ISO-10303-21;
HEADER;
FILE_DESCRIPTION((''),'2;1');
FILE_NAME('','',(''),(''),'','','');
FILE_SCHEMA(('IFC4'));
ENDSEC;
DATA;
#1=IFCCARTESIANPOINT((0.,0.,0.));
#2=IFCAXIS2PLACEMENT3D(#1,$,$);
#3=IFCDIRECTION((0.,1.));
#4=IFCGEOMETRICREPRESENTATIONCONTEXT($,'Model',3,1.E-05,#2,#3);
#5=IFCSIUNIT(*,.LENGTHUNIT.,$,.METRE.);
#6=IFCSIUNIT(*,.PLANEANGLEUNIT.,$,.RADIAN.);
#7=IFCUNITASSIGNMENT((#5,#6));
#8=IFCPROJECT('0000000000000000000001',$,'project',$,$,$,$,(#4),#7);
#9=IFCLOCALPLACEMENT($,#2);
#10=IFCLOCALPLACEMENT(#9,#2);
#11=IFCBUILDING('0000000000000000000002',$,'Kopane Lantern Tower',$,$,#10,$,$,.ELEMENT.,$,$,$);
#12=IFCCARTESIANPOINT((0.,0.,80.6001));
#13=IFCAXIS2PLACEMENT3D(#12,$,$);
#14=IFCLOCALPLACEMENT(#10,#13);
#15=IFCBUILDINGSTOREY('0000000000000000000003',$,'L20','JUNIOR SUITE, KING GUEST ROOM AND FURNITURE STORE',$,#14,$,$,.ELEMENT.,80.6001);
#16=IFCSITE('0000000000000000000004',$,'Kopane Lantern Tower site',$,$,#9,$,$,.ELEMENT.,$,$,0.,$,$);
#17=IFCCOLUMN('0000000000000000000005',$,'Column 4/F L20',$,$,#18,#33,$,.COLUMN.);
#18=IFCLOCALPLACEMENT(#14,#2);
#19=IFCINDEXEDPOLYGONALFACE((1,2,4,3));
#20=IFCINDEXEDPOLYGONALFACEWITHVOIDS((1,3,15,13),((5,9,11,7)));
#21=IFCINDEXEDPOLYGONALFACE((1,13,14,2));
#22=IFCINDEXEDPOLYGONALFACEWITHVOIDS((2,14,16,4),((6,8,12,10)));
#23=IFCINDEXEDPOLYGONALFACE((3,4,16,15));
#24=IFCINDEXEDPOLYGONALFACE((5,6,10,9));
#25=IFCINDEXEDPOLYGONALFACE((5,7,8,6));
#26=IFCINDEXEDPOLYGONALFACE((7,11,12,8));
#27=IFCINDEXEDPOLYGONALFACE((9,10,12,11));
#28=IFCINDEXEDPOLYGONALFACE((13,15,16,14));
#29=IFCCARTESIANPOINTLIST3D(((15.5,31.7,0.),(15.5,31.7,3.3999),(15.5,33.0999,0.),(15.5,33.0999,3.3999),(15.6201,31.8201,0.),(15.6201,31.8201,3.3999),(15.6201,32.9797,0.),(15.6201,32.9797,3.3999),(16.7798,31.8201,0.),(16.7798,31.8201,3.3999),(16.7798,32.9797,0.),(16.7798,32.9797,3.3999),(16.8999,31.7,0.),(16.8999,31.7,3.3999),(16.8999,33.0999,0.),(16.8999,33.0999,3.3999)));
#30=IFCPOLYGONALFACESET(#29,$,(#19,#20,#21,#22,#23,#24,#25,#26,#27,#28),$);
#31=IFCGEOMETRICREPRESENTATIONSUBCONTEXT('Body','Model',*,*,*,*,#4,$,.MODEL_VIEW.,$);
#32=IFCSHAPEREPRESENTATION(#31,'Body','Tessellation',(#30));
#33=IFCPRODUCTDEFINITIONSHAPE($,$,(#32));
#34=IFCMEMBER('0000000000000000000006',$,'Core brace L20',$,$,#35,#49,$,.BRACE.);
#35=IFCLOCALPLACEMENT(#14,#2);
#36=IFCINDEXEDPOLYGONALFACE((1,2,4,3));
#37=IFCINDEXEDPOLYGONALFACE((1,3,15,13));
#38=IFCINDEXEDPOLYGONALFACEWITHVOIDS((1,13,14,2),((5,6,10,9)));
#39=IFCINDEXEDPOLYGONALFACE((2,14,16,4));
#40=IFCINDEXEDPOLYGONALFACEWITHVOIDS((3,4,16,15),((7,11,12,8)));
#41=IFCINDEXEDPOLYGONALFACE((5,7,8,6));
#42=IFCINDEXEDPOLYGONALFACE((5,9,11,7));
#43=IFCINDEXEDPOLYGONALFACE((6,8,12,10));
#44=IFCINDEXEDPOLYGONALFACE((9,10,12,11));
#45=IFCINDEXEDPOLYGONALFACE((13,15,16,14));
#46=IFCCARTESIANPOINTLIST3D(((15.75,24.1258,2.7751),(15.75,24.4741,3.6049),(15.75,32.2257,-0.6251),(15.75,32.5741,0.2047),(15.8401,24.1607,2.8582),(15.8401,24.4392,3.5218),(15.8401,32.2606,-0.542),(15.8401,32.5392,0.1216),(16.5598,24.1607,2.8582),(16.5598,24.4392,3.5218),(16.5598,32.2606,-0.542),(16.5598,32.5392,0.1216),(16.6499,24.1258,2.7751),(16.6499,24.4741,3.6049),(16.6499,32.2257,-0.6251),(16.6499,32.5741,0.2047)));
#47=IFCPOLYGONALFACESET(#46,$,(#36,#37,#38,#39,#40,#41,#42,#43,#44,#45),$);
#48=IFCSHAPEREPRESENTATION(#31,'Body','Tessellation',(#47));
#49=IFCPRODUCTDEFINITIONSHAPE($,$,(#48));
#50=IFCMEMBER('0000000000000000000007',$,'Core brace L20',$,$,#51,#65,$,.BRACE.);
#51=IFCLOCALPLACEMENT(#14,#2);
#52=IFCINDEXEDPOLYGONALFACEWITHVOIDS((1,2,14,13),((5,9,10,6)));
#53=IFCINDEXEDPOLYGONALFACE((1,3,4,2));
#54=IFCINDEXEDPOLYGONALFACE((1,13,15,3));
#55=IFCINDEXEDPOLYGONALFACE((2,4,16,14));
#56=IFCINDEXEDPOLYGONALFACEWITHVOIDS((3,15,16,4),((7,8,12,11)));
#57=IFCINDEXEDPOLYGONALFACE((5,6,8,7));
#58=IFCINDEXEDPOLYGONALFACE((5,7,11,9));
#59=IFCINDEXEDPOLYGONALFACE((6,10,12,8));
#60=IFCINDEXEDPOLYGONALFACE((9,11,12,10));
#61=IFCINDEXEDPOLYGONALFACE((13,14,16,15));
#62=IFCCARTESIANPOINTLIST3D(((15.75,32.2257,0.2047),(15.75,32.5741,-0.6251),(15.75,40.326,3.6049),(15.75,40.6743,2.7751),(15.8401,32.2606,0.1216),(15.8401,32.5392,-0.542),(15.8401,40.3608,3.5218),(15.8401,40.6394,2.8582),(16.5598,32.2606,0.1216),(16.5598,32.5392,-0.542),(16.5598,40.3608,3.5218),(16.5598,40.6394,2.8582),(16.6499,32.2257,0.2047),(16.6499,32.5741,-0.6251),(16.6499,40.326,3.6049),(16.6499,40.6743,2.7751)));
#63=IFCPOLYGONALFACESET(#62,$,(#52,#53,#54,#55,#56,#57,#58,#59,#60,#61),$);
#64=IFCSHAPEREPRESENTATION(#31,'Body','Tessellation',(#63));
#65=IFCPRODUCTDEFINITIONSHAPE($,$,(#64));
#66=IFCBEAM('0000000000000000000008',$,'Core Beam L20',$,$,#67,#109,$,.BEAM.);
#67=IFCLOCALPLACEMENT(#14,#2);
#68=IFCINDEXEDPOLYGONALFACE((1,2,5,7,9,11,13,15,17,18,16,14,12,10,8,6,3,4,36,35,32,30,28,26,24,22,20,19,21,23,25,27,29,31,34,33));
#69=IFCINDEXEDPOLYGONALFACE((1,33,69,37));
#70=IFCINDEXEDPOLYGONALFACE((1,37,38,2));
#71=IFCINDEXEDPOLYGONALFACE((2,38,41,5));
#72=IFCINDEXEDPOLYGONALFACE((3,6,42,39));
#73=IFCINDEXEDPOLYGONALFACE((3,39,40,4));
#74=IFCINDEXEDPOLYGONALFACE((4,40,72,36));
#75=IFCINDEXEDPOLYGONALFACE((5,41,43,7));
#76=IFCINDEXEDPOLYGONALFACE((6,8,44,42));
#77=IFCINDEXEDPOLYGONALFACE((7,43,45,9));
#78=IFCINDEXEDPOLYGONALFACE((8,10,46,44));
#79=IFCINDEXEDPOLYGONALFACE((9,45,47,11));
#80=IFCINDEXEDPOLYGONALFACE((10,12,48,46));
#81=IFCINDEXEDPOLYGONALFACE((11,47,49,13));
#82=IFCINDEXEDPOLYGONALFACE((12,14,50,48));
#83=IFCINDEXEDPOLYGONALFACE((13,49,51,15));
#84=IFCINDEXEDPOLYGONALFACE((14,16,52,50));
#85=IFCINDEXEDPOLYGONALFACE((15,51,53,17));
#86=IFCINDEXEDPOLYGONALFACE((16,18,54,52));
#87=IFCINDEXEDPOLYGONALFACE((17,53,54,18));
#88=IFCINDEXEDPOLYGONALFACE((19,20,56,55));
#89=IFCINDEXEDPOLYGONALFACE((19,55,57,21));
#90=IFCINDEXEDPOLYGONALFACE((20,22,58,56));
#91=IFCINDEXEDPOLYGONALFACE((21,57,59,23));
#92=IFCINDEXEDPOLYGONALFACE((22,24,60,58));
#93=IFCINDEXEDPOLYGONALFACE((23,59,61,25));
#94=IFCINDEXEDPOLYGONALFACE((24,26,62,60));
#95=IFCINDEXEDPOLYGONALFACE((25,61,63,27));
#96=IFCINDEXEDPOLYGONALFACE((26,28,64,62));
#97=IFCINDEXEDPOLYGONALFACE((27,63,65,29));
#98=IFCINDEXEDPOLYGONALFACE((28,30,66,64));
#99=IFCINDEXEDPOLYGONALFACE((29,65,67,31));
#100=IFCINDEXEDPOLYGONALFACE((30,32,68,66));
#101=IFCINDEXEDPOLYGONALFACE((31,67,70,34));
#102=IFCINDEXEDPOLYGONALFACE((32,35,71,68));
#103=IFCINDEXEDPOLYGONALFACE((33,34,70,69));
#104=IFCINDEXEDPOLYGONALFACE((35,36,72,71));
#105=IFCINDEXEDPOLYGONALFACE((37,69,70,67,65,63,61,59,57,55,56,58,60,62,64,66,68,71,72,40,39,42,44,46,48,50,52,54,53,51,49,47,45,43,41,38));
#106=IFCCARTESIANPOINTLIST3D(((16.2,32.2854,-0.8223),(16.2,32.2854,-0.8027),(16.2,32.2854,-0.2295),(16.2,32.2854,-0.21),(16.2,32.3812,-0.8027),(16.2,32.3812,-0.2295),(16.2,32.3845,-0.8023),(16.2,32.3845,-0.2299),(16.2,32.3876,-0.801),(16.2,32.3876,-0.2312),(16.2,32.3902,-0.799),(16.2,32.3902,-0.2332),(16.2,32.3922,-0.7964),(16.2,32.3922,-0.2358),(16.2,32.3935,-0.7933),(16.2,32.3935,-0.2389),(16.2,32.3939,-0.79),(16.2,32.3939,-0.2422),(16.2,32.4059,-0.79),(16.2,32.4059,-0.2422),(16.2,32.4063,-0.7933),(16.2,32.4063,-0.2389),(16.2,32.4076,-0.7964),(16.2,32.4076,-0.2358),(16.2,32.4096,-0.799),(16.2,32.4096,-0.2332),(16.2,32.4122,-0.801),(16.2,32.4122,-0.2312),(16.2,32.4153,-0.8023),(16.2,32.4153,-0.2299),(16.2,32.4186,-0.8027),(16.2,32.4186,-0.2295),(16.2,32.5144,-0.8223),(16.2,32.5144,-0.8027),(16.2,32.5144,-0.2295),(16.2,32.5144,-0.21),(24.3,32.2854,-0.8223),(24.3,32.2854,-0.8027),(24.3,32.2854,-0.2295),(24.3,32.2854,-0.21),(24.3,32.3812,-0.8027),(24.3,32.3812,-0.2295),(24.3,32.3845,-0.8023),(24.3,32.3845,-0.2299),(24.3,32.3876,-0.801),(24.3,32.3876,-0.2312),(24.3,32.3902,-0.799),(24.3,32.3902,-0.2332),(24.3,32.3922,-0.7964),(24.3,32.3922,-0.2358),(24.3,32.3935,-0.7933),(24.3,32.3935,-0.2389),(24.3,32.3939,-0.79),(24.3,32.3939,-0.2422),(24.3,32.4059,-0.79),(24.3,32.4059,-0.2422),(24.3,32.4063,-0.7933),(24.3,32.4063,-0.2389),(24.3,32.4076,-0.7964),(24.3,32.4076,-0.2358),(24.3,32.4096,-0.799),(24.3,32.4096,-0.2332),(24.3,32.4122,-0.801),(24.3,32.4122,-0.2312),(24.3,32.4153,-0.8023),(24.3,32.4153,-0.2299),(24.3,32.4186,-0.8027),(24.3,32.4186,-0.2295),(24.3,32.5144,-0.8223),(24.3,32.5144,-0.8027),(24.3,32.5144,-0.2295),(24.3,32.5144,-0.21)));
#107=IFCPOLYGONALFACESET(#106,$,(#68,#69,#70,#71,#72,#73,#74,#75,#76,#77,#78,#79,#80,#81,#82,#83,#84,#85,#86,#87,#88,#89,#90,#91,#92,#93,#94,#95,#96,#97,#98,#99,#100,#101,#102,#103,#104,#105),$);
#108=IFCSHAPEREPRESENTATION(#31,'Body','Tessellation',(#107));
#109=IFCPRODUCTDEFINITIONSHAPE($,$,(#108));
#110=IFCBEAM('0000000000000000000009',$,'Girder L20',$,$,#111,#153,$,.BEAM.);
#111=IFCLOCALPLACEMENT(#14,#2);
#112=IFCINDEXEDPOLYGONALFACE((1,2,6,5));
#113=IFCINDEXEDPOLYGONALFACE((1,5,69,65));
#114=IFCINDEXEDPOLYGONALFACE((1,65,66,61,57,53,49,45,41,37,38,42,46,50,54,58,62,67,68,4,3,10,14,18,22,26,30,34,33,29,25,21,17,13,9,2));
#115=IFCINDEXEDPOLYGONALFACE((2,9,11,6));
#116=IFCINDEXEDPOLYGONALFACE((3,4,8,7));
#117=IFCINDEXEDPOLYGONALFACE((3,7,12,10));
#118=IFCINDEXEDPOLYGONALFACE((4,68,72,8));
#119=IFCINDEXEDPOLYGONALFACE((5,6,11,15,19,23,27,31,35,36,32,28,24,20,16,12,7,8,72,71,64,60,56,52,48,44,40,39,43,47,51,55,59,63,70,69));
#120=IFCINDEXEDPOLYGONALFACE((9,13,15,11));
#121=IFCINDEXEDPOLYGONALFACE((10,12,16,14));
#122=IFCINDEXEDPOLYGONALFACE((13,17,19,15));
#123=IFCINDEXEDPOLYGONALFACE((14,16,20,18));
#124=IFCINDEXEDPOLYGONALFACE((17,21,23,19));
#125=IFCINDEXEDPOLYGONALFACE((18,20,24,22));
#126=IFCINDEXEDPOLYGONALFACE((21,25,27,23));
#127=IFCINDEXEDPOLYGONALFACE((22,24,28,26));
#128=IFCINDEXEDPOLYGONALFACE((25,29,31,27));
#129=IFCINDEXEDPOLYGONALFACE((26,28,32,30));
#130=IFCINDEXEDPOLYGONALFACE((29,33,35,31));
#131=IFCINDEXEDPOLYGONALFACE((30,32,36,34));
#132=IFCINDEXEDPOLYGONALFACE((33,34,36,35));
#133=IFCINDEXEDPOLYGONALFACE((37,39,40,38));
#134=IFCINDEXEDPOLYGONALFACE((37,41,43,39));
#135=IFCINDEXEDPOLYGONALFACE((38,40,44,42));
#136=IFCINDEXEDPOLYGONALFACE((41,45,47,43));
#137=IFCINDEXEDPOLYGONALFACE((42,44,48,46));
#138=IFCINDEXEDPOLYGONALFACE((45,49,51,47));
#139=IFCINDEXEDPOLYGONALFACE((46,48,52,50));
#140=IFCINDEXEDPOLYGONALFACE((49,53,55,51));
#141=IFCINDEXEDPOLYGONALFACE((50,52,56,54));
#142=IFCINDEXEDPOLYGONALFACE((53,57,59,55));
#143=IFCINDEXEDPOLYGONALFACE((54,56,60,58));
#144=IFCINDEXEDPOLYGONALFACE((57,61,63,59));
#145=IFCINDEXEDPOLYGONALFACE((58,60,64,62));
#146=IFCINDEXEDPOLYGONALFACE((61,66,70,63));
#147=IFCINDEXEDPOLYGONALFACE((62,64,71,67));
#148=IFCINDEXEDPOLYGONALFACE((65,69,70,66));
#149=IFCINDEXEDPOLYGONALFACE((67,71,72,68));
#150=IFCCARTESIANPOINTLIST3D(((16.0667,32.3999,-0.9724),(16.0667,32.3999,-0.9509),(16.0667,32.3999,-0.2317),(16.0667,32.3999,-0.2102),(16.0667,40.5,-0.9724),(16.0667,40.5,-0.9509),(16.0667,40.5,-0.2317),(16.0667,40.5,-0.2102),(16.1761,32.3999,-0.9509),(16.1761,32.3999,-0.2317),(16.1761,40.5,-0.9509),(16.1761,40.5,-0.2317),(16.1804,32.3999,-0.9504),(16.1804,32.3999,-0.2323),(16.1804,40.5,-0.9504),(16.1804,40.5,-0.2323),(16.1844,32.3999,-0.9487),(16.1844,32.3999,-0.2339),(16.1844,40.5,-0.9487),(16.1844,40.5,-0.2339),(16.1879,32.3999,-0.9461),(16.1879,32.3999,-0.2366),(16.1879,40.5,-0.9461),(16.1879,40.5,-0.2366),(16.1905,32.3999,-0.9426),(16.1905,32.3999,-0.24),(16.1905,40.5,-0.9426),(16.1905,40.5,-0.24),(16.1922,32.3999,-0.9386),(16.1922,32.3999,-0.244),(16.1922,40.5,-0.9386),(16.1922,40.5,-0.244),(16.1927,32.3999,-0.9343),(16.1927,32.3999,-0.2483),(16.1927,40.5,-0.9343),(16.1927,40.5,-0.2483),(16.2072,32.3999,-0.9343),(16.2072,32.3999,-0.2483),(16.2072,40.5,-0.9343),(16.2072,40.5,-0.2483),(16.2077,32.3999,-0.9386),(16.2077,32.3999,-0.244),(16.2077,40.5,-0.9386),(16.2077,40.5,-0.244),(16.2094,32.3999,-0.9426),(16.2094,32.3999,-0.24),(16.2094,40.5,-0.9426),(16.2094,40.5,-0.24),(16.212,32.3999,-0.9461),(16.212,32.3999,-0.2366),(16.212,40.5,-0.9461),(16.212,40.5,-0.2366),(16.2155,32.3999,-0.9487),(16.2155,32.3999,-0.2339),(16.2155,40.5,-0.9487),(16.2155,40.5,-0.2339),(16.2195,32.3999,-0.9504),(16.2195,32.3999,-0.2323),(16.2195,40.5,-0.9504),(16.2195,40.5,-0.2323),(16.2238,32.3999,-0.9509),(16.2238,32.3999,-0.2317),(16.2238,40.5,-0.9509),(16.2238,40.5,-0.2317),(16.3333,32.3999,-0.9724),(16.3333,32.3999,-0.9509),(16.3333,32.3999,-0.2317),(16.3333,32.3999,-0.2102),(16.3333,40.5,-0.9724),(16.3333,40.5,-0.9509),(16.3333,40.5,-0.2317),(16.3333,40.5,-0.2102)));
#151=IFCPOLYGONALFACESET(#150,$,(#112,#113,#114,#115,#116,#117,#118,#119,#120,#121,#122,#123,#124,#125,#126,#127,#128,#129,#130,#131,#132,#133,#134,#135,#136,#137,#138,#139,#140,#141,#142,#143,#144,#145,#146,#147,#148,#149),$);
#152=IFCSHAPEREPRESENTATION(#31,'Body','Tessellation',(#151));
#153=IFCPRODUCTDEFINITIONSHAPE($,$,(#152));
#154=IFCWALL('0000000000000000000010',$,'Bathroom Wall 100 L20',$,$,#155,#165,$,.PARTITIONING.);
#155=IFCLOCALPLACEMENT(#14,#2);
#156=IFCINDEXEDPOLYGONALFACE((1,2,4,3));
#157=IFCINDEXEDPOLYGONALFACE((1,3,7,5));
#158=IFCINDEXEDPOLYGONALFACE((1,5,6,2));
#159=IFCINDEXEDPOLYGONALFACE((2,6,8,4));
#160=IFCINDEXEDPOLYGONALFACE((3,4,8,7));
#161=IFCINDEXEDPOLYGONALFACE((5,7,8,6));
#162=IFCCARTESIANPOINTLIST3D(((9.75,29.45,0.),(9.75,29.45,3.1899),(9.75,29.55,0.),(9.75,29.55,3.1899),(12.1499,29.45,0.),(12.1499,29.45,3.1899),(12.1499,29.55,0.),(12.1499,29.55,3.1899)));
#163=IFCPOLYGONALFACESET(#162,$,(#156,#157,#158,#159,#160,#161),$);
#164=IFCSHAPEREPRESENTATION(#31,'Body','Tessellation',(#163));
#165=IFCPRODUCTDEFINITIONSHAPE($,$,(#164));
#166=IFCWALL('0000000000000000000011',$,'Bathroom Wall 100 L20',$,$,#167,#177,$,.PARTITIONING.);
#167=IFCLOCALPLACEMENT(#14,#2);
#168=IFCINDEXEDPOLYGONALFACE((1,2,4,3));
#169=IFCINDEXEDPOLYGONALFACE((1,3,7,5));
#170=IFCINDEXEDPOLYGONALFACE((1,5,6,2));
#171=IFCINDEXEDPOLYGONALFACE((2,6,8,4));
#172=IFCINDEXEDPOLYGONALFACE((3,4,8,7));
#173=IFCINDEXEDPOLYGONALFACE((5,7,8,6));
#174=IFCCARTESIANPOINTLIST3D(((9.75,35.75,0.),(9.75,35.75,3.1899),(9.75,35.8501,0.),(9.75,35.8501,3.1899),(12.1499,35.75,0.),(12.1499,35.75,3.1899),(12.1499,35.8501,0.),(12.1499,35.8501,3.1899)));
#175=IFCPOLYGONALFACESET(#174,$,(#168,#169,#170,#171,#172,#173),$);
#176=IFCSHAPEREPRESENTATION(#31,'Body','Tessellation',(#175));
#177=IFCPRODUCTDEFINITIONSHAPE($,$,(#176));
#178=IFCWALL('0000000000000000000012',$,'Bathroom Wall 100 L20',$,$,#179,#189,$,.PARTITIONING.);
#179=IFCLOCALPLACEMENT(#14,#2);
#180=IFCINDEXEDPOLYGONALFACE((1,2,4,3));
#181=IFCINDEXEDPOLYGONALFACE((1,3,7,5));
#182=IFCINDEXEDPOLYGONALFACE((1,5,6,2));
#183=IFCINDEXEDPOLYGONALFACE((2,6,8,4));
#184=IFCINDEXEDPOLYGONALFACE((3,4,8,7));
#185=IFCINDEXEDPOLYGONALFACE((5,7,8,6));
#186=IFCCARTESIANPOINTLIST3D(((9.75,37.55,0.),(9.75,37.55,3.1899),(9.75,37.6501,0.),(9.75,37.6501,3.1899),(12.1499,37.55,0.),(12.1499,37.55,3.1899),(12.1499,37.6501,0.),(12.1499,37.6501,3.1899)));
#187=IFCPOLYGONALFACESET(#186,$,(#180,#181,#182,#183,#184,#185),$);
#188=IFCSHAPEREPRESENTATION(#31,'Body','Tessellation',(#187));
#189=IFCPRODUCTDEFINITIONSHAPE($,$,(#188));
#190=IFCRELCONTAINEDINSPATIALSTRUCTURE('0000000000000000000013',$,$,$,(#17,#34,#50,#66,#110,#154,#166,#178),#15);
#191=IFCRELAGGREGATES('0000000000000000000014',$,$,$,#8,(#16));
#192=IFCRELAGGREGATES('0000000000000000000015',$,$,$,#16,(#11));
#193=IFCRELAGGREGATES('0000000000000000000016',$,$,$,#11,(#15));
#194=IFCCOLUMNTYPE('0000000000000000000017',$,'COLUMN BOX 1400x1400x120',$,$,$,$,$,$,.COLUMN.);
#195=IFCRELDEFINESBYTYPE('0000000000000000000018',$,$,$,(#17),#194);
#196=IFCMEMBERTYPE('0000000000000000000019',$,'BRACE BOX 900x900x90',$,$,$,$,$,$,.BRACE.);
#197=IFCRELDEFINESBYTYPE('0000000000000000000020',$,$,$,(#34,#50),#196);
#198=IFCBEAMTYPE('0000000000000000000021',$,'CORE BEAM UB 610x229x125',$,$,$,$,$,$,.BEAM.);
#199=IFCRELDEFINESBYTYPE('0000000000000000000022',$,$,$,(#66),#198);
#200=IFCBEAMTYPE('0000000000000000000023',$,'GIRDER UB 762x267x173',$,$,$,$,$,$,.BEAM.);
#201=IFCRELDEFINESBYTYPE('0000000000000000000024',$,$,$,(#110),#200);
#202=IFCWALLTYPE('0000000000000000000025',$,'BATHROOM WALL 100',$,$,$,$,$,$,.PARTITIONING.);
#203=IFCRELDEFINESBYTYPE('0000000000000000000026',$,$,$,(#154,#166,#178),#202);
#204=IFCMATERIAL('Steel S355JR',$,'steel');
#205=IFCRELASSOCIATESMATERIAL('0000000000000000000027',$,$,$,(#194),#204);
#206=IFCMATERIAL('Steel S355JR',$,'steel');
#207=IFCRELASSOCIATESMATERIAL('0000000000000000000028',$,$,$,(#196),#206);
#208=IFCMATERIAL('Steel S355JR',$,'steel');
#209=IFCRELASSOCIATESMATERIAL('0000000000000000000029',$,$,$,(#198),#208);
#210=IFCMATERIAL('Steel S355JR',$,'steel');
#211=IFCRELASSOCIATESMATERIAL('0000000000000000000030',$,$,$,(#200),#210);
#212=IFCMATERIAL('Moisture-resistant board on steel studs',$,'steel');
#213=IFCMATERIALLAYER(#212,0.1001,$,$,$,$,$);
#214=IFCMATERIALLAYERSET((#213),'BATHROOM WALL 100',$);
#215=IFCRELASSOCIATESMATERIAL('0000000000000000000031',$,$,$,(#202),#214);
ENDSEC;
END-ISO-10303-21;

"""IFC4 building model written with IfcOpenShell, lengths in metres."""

from ifc_helpers import new_model, si_unit, direction, frame, frame_2d, origin, origin_2d, place, context, subcontext, project, spatial, rectangle, hollow_rectangle, i_section, extrude, material, layer, layer_set, material_profile, profile_set, type_object, element, save


model = new_model("IFC4")

# Units and contexts
model_context = context("Model", 3, precision=1e-05, world=origin(), true_north=direction((0.0, 1.0)))
body_context = subcontext(model_context, "Body", "Model", "MODEL_VIEW")
ifc_project = project(units=[si_unit("LENGTHUNIT", "METRE"), si_unit("PLANEANGLEUNIT", "RADIAN")], contexts=[model_context])

# Site, building, storey
site_placement = place(None, origin())
site = spatial("IfcSite", under=ifc_project, at=site_placement, Name="Kopane Lantern Tower site", CompositionType="ELEMENT", RefElevation=0.0)
building_placement = place(site_placement, origin())
building = spatial("IfcBuilding", under=site, at=building_placement, Name="Kopane Lantern Tower", CompositionType="ELEMENT")
storey_placement = place(building_placement, frame((0.0, 0.0, 80.6001)))
storey = spatial("IfcBuildingStorey", under=building, at=storey_placement, Name="L20", Description="JUNIOR SUITE, KING GUEST ROOM AND FURNITURE STORE", CompositionType="ELEMENT", Elevation=80.6001)

# Column
ifc_material_1 = material(Name="Steel S355JR", Category="steel")
ifc_material_profile_1 = material_profile(ifc_material_1, hollow_rectangle(XDim=1.3999, YDim=1.3999, WallThickness=0.1201, at=origin_2d()), Name="BOX 1400x1400x120")
ifc_profile_set_1 = profile_set([ifc_material_profile_1], Name="Steel S355JR")
column_type = type_object("IfcColumnType", Name="COLUMN BOX 1400x1400x120", PredefinedType="COLUMN", material=ifc_profile_set_1)
column_placement = place(storey_placement, frame((16.2, 32.3999, 0.0), z_axis=(0.0, 0.0, 1.0), x_axis=(1.0, 0.0, 0.0)))
element("IfcColumn", 1, at=column_placement, inside=storey, type_object=column_type, Name="Column 4/F L20", PredefinedType="COLUMN", context=body_context, shape_type="SweptSolid", body=[
    extrude(hollow_rectangle(XDim=1.3999, YDim=1.3999, WallThickness=0.1201, at=origin_2d()), origin(), (0.0, 0.0, 1.0), 3.3999),
])

# Members
ifc_material_2 = material(Name="Steel S355JR", Category="steel")
ifc_material_profile_2 = material_profile(ifc_material_2, hollow_rectangle(XDim=0.8999, YDim=0.8999, WallThickness=0.0901, at=origin_2d()), Name="BOX 900x900x90")
ifc_profile_set_2 = profile_set([ifc_material_profile_2], Name="Steel S355JR")
member_type = type_object("IfcMemberType", Name="BRACE BOX 900x900x90", PredefinedType="BRACE", material=ifc_profile_set_2)
member_1_placement = place(storey_placement, frame((16.2, 32.3999, -0.2102), z_axis=(0.0, -0.922055, 0.387059), x_axis=(1.0, 0.0, 0.0)))
element("IfcMember", 2, at=member_1_placement, inside=storey, type_object=member_type, Name="Core brace L20", PredefinedType="BRACE", context=body_context, shape_type="SweptSolid", body=[
    extrude(hollow_rectangle(XDim=0.8999, YDim=0.8999, WallThickness=0.0901, at=origin_2d()), origin(), (0.0, 0.0, 1.0), 8.7847),
])
member_2_placement = place(storey_placement, frame((16.2, 32.3999, -0.2102), z_axis=(0.0, 0.922059, 0.387049), x_axis=(-1.0, 0.0, 0.0)))
element("IfcMember", 3, at=member_2_placement, inside=storey, type_object=member_type, Name="Core brace L20", PredefinedType="BRACE", context=body_context, shape_type="SweptSolid", body=[
    extrude(hollow_rectangle(XDim=0.8999, YDim=0.8999, WallThickness=0.0901, at=origin_2d()), origin(), (0.0, 0.0, 1.0), 8.7849),
])

# Beams
ifc_material_3 = material(Name="Steel S355JR", Category="steel")
ifc_material_profile_3 = material_profile(ifc_material_3, i_section(OverallWidth=0.229, OverallDepth=0.6123, WebThickness=0.012, FlangeThickness=0.0195, FilletRadius=0.0127, at=origin_2d()), Name="UB 610x229x125")
ifc_profile_set_3 = profile_set([ifc_material_profile_3], Name="Steel S355JR")
beam_type_1 = type_object("IfcBeamType", Name="CORE BEAM UB 610x229x125", PredefinedType="BEAM", material=ifc_profile_set_3)
beam_1_placement = place(storey_placement, frame((16.2, 32.3999, -0.5161), z_axis=(1.0, 0.0, 0.0), x_axis=(0.0, 1.0, 0.0)))
element("IfcBeam", 4, at=beam_1_placement, inside=storey, type_object=beam_type_1, Name="Core Beam L20", PredefinedType="BEAM", context=body_context, shape_type="SweptSolid", body=[
    extrude(i_section(OverallWidth=0.229, OverallDepth=0.6123, WebThickness=0.012, FlangeThickness=0.0195, FilletRadius=0.0127, at=origin_2d()), origin(), (0.0, 0.0, 1.0), 8.1001),
])
ifc_material_4 = material(Name="Steel S355JR", Category="steel")
ifc_material_profile_4 = material_profile(ifc_material_4, i_section(OverallWidth=0.2666, OverallDepth=0.7622, WebThickness=0.0144, FlangeThickness=0.0215, FilletRadius=0.0166, at=origin_2d()), Name="UB 762x267x173")
ifc_profile_set_4 = profile_set([ifc_material_profile_4], Name="Steel S355JR")
beam_type_2 = type_object("IfcBeamType", Name="GIRDER UB 762x267x173", PredefinedType="BEAM", material=ifc_profile_set_4)
beam_2_placement = place(storey_placement, frame((16.2, 32.3999, -0.5913), z_axis=(0.0, 1.0, 0.0), x_axis=(-1.0, 0.0, 0.0)))
element("IfcBeam", 5, at=beam_2_placement, inside=storey, type_object=beam_type_2, Name="Girder L20", PredefinedType="BEAM", context=body_context, shape_type="SweptSolid", body=[
    extrude(i_section(OverallWidth=0.2666, OverallDepth=0.7622, WebThickness=0.0144, FlangeThickness=0.0215, FilletRadius=0.0166, at=origin_2d()), origin(), (0.0, 0.0, 1.0), 8.1001),
])

# Walls
ifc_material_5 = material(Name="Moisture-resistant board on steel studs", Category="steel")
ifc_layer_1 = layer(ifc_material_5, 0.1001)
ifc_layer_set_1 = layer_set([ifc_layer_1], Name="BATHROOM WALL 100")
wall_type_1 = type_object("IfcWallType", Name="BATHROOM WALL 100", PredefinedType="PARTITIONING", material=ifc_layer_set_1)
for number, where, z_axis, x_axis, name in (
    (6, (12.1499, 29.5, 0.0), (0.0, 0.0, 1.0), (-1.0, 0.0, 0.0), "Bathroom Wall 100 L20"),
    (7, (12.1499, 35.8, 0.0), (0.0, 0.0, 1.0), (-1.0, 0.0, 0.0), "Bathroom Wall 100 L20"),
    (8, (12.1499, 37.6001, 0.0), (0.0, 0.0, 1.0), (-1.0, 0.0, 0.0), "Bathroom Wall 100 L20"),
):
    element("IfcWall", number, at=place(storey_placement, frame(where, z_axis=z_axis, x_axis=x_axis)), inside=storey, type_object=wall_type_1, Name=name, PredefinedType="PARTITIONING", context=body_context, shape_type="SweptSolid", body=[
        extrude(rectangle(XDim=2.3999, YDim=0.1001, at=frame_2d((1.2, 0.0))), origin(), (0.0, 0.0, 1.0), 3.1899),
    ])

save(model, "model.ifc")
